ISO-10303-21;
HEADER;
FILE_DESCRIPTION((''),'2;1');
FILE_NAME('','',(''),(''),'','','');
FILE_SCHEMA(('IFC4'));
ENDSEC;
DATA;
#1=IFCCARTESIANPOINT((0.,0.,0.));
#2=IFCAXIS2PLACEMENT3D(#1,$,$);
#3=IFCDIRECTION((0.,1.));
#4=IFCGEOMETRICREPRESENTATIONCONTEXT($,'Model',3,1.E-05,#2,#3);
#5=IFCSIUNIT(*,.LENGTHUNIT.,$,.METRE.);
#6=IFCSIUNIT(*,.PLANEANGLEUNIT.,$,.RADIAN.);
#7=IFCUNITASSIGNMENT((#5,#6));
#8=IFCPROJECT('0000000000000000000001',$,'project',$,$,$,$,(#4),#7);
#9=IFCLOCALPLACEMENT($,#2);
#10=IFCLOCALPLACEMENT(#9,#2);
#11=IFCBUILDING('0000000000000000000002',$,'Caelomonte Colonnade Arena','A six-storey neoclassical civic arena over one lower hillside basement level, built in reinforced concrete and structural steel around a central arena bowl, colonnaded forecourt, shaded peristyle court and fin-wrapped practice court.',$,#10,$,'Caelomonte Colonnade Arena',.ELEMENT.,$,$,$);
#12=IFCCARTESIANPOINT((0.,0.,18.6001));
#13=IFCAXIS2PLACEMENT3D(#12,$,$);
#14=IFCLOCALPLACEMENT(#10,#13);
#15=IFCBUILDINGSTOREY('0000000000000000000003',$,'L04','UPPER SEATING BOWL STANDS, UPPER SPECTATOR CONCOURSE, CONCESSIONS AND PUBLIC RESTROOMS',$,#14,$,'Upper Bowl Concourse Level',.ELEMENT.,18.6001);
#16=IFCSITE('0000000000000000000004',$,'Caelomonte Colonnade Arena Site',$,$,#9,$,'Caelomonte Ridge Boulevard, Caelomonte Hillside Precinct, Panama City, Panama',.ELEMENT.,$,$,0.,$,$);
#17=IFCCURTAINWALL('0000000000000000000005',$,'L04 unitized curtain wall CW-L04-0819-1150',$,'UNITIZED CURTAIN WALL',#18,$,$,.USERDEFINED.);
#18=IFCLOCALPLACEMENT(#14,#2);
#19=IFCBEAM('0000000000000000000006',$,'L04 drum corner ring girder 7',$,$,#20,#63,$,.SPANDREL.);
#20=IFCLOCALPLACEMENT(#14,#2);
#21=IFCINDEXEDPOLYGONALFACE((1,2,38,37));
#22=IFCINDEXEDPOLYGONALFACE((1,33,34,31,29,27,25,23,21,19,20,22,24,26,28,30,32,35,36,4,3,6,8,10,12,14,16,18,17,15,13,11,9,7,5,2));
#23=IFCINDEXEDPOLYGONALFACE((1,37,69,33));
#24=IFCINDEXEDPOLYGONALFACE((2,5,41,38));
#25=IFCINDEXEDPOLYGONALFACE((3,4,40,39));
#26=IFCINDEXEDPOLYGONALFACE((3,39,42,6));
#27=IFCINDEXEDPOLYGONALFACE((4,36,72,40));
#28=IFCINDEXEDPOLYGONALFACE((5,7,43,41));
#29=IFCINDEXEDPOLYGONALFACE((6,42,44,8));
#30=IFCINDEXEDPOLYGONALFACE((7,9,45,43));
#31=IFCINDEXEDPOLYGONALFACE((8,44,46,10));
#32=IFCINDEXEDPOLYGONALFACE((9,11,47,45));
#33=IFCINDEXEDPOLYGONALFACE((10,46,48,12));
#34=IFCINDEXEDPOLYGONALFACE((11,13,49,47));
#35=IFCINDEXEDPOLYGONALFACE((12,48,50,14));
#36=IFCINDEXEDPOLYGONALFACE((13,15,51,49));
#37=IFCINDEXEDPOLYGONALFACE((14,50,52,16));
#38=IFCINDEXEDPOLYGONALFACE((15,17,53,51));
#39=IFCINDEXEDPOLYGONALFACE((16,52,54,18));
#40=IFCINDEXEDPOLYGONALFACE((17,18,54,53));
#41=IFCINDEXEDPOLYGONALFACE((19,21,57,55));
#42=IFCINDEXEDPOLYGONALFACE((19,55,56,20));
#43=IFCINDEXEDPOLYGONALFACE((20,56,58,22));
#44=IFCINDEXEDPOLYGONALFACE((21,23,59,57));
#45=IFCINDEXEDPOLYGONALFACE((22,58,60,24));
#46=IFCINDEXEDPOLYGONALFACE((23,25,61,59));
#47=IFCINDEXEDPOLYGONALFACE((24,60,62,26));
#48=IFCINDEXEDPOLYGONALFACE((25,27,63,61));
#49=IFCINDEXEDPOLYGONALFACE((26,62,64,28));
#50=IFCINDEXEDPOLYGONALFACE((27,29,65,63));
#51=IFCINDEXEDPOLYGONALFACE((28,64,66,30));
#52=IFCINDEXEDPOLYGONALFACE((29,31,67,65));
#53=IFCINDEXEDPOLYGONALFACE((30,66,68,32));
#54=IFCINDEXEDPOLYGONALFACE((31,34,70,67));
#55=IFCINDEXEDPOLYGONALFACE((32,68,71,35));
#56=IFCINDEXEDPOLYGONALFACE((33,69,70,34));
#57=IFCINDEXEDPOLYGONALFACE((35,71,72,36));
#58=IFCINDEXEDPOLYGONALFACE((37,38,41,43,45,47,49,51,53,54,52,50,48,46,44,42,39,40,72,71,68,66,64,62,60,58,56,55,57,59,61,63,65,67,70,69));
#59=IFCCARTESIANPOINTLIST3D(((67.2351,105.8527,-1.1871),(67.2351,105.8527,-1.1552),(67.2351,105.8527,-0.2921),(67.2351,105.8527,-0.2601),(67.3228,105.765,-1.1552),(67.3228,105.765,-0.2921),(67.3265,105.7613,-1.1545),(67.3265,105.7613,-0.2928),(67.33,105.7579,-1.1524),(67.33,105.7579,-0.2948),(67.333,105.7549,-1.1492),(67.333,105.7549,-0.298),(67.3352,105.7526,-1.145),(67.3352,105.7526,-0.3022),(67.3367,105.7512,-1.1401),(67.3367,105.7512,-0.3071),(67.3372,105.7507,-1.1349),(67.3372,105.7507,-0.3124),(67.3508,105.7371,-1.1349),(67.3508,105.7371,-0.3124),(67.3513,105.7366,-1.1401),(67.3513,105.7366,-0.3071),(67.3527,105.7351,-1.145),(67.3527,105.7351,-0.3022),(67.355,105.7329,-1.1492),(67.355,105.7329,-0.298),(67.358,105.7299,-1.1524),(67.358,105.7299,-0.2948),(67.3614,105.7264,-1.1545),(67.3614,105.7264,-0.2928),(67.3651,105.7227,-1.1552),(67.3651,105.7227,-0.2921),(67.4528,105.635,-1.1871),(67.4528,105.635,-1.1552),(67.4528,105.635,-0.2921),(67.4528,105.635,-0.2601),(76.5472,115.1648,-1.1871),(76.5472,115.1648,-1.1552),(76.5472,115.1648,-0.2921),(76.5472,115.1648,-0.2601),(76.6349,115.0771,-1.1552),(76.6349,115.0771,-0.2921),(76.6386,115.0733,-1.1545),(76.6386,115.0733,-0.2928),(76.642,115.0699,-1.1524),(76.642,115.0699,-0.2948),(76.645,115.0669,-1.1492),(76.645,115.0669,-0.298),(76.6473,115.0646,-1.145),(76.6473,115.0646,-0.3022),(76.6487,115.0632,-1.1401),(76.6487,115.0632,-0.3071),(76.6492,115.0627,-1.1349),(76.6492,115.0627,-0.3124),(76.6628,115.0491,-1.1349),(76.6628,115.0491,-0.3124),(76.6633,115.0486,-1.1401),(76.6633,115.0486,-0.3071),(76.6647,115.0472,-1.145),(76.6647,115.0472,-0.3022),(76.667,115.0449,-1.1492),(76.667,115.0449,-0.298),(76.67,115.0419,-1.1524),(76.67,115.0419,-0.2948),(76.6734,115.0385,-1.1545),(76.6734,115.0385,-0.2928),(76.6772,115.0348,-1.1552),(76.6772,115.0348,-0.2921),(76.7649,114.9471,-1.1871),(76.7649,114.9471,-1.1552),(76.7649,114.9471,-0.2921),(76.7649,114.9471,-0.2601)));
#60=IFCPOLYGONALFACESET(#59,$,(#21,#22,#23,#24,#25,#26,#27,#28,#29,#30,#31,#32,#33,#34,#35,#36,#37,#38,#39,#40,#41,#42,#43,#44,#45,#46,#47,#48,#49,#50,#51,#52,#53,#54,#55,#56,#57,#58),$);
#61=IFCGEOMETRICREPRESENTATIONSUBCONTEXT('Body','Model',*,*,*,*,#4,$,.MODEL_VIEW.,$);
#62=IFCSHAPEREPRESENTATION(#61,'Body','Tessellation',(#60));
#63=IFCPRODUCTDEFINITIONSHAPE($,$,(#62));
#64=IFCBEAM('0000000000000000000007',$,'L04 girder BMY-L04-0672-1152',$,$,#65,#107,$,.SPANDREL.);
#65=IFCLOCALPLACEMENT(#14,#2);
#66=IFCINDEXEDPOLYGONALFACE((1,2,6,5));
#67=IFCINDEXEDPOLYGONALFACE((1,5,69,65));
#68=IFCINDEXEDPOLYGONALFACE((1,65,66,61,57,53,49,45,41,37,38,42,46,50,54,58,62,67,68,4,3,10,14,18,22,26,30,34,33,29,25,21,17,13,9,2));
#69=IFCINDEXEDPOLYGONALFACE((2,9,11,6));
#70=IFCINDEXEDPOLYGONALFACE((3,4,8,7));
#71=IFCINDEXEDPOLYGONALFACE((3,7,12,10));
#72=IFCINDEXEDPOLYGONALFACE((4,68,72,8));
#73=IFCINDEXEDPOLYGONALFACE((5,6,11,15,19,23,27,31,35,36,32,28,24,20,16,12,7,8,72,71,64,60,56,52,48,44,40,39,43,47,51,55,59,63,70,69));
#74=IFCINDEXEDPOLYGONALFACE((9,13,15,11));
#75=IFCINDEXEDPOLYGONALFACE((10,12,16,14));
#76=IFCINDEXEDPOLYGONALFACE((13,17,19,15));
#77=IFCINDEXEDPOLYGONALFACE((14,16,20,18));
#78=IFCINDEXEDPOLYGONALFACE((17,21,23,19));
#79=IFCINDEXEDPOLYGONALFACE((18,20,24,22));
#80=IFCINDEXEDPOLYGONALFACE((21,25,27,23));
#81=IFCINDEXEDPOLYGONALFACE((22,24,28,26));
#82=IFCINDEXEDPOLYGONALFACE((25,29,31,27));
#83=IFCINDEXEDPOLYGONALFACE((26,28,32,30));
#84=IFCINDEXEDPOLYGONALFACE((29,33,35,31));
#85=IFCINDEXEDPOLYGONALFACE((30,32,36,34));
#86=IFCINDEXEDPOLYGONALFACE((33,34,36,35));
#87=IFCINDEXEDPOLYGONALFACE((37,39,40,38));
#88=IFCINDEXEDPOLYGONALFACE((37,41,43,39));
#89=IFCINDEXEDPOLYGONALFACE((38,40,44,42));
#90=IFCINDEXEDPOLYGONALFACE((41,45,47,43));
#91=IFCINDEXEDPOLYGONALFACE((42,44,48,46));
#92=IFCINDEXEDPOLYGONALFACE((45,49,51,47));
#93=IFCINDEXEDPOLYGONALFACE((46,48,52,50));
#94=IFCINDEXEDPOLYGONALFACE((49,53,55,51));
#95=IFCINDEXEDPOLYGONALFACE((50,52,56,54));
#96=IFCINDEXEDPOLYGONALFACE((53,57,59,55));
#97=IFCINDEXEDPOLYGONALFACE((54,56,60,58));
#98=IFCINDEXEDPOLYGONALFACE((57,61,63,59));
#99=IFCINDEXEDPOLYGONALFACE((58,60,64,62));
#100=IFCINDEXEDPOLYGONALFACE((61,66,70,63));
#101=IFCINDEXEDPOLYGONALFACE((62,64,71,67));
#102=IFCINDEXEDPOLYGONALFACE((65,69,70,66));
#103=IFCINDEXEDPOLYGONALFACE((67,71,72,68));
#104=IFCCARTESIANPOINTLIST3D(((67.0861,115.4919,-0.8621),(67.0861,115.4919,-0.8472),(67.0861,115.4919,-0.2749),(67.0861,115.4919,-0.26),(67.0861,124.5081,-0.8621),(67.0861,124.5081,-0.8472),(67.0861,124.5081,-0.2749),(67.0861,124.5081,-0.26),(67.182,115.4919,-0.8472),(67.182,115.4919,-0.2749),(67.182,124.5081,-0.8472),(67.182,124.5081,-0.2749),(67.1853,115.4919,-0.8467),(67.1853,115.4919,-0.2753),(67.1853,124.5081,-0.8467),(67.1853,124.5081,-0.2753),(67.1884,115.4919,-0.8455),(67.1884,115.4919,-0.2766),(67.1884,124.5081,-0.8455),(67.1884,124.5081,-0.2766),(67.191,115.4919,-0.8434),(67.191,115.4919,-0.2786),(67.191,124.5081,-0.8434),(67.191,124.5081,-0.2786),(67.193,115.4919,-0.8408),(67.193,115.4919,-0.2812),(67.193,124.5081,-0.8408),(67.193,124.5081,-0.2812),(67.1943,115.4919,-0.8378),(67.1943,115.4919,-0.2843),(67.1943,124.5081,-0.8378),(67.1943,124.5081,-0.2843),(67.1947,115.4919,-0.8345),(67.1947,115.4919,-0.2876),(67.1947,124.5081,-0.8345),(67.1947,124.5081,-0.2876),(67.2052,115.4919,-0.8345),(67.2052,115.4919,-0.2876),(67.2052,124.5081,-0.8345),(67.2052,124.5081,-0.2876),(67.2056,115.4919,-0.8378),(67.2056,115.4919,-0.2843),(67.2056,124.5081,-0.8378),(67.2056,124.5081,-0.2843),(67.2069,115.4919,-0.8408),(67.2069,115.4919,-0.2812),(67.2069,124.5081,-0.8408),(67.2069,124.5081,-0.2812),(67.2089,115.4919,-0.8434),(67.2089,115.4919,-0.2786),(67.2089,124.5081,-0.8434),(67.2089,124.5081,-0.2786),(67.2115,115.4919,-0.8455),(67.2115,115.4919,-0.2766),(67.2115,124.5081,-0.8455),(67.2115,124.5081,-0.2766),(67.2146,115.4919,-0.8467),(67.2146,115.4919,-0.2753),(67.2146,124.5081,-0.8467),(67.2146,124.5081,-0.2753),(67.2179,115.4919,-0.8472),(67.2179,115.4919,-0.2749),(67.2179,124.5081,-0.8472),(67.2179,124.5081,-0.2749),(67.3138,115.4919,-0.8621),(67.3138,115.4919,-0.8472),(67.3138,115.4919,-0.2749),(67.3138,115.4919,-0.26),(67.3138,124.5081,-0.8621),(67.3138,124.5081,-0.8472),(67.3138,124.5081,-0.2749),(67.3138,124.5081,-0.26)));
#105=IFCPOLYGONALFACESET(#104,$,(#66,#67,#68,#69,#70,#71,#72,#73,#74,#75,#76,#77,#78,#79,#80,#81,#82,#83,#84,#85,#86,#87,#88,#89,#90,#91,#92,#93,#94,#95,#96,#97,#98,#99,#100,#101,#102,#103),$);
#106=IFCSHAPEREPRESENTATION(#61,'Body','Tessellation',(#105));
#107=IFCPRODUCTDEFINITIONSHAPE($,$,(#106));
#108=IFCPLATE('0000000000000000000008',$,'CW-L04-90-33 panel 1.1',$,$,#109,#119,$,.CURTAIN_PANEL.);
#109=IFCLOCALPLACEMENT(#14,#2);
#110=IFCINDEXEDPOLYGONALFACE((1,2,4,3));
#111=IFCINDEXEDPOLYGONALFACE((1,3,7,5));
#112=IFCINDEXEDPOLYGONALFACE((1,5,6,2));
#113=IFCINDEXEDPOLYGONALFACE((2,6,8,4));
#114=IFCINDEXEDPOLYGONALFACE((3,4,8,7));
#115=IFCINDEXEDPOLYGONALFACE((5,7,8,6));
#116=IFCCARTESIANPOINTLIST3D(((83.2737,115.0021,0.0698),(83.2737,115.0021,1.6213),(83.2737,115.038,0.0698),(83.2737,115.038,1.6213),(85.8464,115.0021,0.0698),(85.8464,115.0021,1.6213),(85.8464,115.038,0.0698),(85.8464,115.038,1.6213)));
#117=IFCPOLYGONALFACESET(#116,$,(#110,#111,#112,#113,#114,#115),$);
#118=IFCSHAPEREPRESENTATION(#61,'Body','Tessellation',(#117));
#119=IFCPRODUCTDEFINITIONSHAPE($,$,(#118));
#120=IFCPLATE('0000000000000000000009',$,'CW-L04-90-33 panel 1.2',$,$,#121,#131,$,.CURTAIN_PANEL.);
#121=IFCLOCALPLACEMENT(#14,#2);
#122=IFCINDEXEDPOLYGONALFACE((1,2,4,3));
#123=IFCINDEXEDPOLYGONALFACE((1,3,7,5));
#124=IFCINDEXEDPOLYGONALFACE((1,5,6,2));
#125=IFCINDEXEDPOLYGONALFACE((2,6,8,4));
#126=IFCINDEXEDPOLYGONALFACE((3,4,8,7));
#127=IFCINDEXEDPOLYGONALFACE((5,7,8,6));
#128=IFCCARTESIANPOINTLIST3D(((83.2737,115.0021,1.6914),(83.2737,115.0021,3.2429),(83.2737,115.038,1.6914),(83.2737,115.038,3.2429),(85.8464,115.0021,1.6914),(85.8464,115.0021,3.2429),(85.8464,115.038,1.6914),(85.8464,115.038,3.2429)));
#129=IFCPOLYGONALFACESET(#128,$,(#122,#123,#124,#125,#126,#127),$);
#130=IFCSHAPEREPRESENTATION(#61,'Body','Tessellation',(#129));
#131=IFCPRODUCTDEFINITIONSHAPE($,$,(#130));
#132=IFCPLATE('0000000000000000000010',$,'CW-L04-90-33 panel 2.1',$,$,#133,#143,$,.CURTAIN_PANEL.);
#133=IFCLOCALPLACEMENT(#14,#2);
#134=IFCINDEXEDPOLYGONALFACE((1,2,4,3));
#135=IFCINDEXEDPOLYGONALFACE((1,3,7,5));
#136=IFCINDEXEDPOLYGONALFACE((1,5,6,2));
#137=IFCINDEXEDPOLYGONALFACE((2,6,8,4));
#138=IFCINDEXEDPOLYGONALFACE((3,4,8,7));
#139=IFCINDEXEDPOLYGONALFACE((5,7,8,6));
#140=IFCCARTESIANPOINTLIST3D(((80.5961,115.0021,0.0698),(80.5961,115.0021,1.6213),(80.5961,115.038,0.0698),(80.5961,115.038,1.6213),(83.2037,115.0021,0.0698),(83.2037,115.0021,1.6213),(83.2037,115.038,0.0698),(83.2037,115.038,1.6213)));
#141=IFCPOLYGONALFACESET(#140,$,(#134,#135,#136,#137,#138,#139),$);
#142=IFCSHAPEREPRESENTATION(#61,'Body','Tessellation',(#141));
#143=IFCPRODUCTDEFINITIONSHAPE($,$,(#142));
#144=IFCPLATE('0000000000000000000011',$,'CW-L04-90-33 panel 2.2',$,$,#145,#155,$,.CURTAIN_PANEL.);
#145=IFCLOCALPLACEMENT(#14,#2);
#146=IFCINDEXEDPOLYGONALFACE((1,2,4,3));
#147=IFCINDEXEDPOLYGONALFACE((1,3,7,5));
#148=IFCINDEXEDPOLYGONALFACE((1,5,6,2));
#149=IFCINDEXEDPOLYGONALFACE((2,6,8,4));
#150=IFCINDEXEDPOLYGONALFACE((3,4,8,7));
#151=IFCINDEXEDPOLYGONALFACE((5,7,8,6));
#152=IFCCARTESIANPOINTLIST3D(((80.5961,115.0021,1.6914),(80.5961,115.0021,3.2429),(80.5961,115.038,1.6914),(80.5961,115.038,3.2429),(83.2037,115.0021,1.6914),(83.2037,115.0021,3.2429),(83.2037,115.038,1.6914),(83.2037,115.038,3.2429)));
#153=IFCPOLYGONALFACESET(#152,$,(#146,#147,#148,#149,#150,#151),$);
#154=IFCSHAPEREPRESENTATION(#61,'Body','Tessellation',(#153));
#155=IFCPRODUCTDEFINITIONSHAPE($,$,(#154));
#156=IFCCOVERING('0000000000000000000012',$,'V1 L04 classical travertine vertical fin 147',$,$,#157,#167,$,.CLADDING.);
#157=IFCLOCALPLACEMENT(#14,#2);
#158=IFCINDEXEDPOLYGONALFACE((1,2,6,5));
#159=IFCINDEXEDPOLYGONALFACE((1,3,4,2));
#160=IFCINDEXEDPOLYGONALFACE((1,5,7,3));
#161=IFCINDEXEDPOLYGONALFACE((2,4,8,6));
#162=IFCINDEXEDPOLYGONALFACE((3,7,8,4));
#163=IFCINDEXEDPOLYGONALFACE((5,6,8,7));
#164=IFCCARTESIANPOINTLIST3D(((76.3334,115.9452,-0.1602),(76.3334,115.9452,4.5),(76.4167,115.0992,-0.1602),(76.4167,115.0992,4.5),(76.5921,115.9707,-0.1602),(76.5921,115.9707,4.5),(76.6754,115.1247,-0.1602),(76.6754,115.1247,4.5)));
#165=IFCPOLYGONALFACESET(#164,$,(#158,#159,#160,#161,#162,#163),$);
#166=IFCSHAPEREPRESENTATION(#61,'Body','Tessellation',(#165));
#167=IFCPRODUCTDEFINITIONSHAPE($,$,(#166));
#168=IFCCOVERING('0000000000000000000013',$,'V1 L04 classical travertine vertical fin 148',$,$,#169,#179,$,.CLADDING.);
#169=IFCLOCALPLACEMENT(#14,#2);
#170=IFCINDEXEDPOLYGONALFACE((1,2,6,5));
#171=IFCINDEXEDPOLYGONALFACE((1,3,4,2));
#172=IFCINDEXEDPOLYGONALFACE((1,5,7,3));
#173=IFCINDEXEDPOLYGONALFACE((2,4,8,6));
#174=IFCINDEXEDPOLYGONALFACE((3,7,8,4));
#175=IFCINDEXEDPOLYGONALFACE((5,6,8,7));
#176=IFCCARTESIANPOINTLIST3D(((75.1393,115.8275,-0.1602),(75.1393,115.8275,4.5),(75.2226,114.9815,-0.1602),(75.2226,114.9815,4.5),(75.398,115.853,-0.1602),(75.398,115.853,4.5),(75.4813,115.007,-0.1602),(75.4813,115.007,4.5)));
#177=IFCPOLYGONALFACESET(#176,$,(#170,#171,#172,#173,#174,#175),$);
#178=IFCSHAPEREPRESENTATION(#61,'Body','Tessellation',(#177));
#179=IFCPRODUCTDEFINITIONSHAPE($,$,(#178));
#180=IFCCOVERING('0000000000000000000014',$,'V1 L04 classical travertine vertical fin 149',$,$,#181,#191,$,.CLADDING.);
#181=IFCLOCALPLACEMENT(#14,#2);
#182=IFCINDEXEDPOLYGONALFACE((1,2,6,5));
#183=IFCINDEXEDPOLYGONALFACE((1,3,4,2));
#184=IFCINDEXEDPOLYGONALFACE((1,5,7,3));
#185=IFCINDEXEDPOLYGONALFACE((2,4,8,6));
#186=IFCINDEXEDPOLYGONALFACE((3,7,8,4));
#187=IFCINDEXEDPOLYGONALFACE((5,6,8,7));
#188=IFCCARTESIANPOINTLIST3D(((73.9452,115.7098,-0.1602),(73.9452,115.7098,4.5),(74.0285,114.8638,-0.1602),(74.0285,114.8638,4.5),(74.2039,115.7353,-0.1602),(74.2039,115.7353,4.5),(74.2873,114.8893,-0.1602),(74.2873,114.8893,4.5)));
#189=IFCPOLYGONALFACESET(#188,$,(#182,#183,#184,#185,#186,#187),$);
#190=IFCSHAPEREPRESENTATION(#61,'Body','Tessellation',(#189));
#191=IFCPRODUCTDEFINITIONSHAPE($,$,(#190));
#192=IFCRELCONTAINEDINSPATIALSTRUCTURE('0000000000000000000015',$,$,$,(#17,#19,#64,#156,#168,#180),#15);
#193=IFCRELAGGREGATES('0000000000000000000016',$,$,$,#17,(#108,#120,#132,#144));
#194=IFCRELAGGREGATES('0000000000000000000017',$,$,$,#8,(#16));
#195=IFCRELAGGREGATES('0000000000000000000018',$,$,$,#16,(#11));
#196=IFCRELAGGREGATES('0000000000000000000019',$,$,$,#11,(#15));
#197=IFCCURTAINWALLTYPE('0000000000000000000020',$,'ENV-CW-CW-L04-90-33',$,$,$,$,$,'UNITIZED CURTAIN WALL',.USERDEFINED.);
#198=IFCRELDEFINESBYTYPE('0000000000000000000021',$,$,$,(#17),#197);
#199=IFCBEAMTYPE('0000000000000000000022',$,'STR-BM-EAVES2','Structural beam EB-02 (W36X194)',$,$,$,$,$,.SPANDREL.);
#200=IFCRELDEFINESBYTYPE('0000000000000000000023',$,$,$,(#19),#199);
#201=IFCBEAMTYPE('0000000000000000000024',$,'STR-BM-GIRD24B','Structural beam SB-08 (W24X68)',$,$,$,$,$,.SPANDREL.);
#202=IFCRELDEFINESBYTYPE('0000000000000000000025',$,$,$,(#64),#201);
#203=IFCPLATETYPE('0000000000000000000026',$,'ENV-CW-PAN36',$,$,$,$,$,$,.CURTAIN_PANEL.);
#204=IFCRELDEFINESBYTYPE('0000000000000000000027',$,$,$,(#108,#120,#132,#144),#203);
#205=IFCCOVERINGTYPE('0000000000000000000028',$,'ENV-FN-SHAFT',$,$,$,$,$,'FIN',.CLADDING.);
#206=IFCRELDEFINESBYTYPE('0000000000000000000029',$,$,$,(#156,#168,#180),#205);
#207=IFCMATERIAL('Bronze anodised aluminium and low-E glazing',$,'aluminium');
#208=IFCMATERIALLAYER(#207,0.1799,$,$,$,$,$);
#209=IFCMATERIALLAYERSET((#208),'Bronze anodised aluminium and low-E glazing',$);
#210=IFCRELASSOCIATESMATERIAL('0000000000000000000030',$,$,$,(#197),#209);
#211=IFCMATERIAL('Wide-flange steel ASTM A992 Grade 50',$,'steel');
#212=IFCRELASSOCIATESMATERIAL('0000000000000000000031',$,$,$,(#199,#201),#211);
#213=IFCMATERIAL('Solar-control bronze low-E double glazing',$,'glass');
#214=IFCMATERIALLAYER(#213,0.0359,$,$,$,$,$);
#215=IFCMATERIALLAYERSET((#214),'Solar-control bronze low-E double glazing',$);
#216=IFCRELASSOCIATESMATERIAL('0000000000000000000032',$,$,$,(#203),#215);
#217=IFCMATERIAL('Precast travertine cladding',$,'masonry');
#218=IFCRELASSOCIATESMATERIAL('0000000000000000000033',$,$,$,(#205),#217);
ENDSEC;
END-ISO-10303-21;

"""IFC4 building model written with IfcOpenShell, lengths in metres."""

from ifc_helpers import new_model, si_unit, direction, frame, origin, origin_2d, place, context, subcontext, project, spatial, rectangle, i_section, extrude, material, layer, layer_set, material_profile, profile_set, type_object, element, aggregate, save


model = new_model("IFC4")

# Units and contexts
model_context = context("Model", 3, precision=1e-05, world=origin(), true_north=direction((0.0, 1.0)))
body_context = subcontext(model_context, "Body", "Model", "MODEL_VIEW")
ifc_project = project(units=[si_unit("LENGTHUNIT", "METRE"), si_unit("PLANEANGLEUNIT", "RADIAN")], contexts=[model_context])

# Site, building, storey
site_placement = place(None, origin())
site = spatial("IfcSite", under=ifc_project, at=site_placement, Name="Caelomonte Colonnade Arena Site", LongName="Caelomonte Ridge Boulevard, Caelomonte Hillside Precinct, Panama City, Panama", CompositionType="ELEMENT", RefElevation=0.0)
building_placement = place(site_placement, origin())
building = spatial("IfcBuilding", under=site, at=building_placement, Name="Caelomonte Colonnade Arena", Description="A six-storey neoclassical civic arena over one lower hillside basement level, built in reinforced concrete and structural steel around a central arena bowl, colonnaded forecourt, shaded peristyle court and fin-wrapped practice court.", LongName="Caelomonte Colonnade Arena", CompositionType="ELEMENT")
storey_placement = place(building_placement, frame((0.0, 0.0, 18.6001)))
storey = spatial("IfcBuildingStorey", under=building, at=storey_placement, Name="L04", Description="UPPER SEATING BOWL STANDS, UPPER SPECTATOR CONCOURSE, CONCESSIONS AND PUBLIC RESTROOMS", LongName="Upper Bowl Concourse Level", CompositionType="ELEMENT", Elevation=18.6001)

# Shared definitions
ifc_material_1 = material(Name="Wide-flange steel ASTM A992 Grade 50", Category="steel")

# Curtain wall
ifc_material_2 = material(Name="Bronze anodised aluminium and low-E glazing", Category="aluminium")
ifc_layer_1 = layer(ifc_material_2, 0.1799)
ifc_layer_set_1 = layer_set([ifc_layer_1], Name="Bronze anodised aluminium and low-E glazing")
curtain_wall_type = type_object("IfcCurtainWallType", Name="ENV-CW-CW-L04-90-33", ElementType="UNITIZED CURTAIN WALL", PredefinedType="USERDEFINED", material=ifc_layer_set_1)
curtain_wall_placement = place(storey_placement, origin())
curtain_wall = element("IfcCurtainWall", 1, at=curtain_wall_placement, inside=storey, type_object=curtain_wall_type, Name="L04 unitized curtain wall CW-L04-0819-1150", ObjectType="UNITIZED CURTAIN WALL", PredefinedType="USERDEFINED")

# Beams
ifc_material_profile_1 = material_profile(ifc_material_1, i_section(OverallWidth=0.3079, OverallDepth=0.927, WebThickness=0.0193, FlangeThickness=0.032, FilletRadius=0.0203, at=origin_2d()), Name="W36X194")
ifc_profile_set_1 = profile_set([ifc_material_profile_1], Name="Wide-flange steel ASTM A992 Grade 50")
beam_type_1 = type_object("IfcBeamType", Name="STR-BM-EAVES2", Description="Structural beam EB-02 (W36X194)", PredefinedType="SPANDREL", material=ifc_profile_set_1)
beam_1_placement = place(storey_placement, frame((76.656, 115.0559, -0.7236), z_axis=(-0.707107, -0.707107, 0.0), x_axis=(0.707107, -0.707107, 0.0)))
element("IfcBeam", 2, at=beam_1_placement, inside=storey, type_object=beam_type_1, Name="L04 drum corner ring girder 7", PredefinedType="SPANDREL", context=body_context, shape_type="SweptSolid", body=[
    extrude(i_section(OverallWidth=0.3079, OverallDepth=0.927, WebThickness=0.0193, FlangeThickness=0.032, FilletRadius=0.0203, at=origin_2d()), origin(), (0.0, 0.0, 1.0), 13.1692),
])
ifc_material_profile_2 = material_profile(ifc_material_1, i_section(OverallWidth=0.2278, OverallDepth=0.6021, WebThickness=0.0105, FlangeThickness=0.0149, FilletRadius=0.0127, at=origin_2d()), Name="W24X68")
ifc_profile_set_2 = profile_set([ifc_material_profile_2], Name="Wide-flange steel ASTM A992 Grade 50")
beam_type_2 = type_object("IfcBeamType", Name="STR-BM-GIRD24B", Description="Structural beam SB-08 (W24X68)", PredefinedType="SPANDREL", material=ifc_profile_set_2)
beam_2_placement = place(storey_placement, frame((67.2, 115.4919, -0.561), z_axis=(0.0, 1.0, 0.0), x_axis=(-1.0, 0.0, 0.0)))
element("IfcBeam", 3, at=beam_2_placement, inside=storey, type_object=beam_type_2, Name="L04 girder BMY-L04-0672-1152", PredefinedType="SPANDREL", context=body_context, shape_type="SweptSolid", body=[
    extrude(i_section(OverallWidth=0.2278, OverallDepth=0.6021, WebThickness=0.0105, FlangeThickness=0.0149, FilletRadius=0.0127, at=origin_2d()), origin(), (0.0, 0.0, 1.0), 9.0161),
])

# Plates
ifc_material_3 = material(Name="Solar-control bronze low-E double glazing", Category="glass")
ifc_layer_2 = layer(ifc_material_3, 0.0359)
ifc_layer_set_2 = layer_set([ifc_layer_2], Name="Solar-control bronze low-E double glazing")
plate_type = type_object("IfcPlateType", Name="ENV-CW-PAN36", PredefinedType="CURTAIN_PANEL", material=ifc_layer_set_2)
plate_1_placement = place(storey_placement, frame((84.5601, 115.02, 0.0698), z_axis=(0.0, 0.0, 1.0), x_axis=(-1.0, 0.0, 0.0)))
plate_1 = element("IfcPlate", 4, at=plate_1_placement, type_object=plate_type, Name="CW-L04-90-33 panel 1.1", PredefinedType="CURTAIN_PANEL", context=body_context, shape_type="SweptSolid", body=[
    extrude(rectangle(XDim=2.5728, YDim=0.0359, at=origin_2d()), origin(), (0.0, 0.0, 1.0), 1.5515),
])
plate_2_placement = place(storey_placement, frame((84.5601, 115.02, 1.6914), z_axis=(0.0, 0.0, 1.0), x_axis=(-1.0, 0.0, 0.0)))
plate_2 = element("IfcPlate", 5, at=plate_2_placement, type_object=plate_type, Name="CW-L04-90-33 panel 1.2", PredefinedType="CURTAIN_PANEL", context=body_context, shape_type="SweptSolid", body=[
    extrude(rectangle(XDim=2.5728, YDim=0.0359, at=origin_2d()), origin(), (0.0, 0.0, 1.0), 1.5515),
])
plate_3_placement = place(storey_placement, frame((81.8999, 115.02, 0.0698), z_axis=(0.0, 0.0, 1.0), x_axis=(-1.0, 0.0, 0.0)))
plate_3 = element("IfcPlate", 6, at=plate_3_placement, type_object=plate_type, Name="CW-L04-90-33 panel 2.1", PredefinedType="CURTAIN_PANEL", context=body_context, shape_type="SweptSolid", body=[
    extrude(rectangle(XDim=2.6077, YDim=0.0359, at=origin_2d()), origin(), (0.0, 0.0, 1.0), 1.5515),
])
plate_4_placement = place(storey_placement, frame((81.8999, 115.02, 1.6914), z_axis=(0.0, 0.0, 1.0), x_axis=(-1.0, 0.0, 0.0)))
plate_4 = element("IfcPlate", 7, at=plate_4_placement, type_object=plate_type, Name="CW-L04-90-33 panel 2.2", PredefinedType="CURTAIN_PANEL", context=body_context, shape_type="SweptSolid", body=[
    extrude(rectangle(XDim=2.6077, YDim=0.0359, at=origin_2d()), origin(), (0.0, 0.0, 1.0), 1.5515),
])
aggregate(curtain_wall, [plate_1, plate_2, plate_3, plate_4])

# Coverings
ifc_material_4 = material(Name="Precast travertine cladding", Category="masonry")
ifc_material_profile_3 = material_profile(ifc_material_4, rectangle(XDim=0.26, YDim=0.8501, at=origin_2d()), Name="FIN260X850")
ifc_profile_set_3 = profile_set([ifc_material_profile_3], Name="Precast travertine cladding")
covering_type = type_object("IfcCoveringType", Name="ENV-FN-SHAFT", ElementType="FIN", PredefinedType="CLADDING", material=ifc_profile_set_3)
for number, where, z_axis, x_axis, name in (
    (8, (76.5044, 115.5349, -0.1602), (0.0, 0.0, 1.0), (0.995185, 0.098015, 0.0), "V1 L04 classical travertine vertical fin 147"),
    (9, (75.3103, 115.4172, -0.1602), (0.0, 0.0, 1.0), (0.995185, 0.098015, 0.0), "V1 L04 classical travertine vertical fin 148"),
    (10, (74.1162, 115.2996, -0.1602), (0.0, 0.0, 1.0), (0.995185, 0.098015, 0.0), "V1 L04 classical travertine vertical fin 149"),
):
    element("IfcCovering", number, at=place(storey_placement, frame(where, z_axis=z_axis, x_axis=x_axis)), inside=storey, type_object=covering_type, Name=name, PredefinedType="CLADDING", context=body_context, shape_type="SweptSolid", body=[
        extrude(rectangle(XDim=0.26, YDim=0.8501, at=origin_2d()), origin(), (0.0, 0.0, 1.0), 4.6602),
    ])

save(model, "model.ifc")
